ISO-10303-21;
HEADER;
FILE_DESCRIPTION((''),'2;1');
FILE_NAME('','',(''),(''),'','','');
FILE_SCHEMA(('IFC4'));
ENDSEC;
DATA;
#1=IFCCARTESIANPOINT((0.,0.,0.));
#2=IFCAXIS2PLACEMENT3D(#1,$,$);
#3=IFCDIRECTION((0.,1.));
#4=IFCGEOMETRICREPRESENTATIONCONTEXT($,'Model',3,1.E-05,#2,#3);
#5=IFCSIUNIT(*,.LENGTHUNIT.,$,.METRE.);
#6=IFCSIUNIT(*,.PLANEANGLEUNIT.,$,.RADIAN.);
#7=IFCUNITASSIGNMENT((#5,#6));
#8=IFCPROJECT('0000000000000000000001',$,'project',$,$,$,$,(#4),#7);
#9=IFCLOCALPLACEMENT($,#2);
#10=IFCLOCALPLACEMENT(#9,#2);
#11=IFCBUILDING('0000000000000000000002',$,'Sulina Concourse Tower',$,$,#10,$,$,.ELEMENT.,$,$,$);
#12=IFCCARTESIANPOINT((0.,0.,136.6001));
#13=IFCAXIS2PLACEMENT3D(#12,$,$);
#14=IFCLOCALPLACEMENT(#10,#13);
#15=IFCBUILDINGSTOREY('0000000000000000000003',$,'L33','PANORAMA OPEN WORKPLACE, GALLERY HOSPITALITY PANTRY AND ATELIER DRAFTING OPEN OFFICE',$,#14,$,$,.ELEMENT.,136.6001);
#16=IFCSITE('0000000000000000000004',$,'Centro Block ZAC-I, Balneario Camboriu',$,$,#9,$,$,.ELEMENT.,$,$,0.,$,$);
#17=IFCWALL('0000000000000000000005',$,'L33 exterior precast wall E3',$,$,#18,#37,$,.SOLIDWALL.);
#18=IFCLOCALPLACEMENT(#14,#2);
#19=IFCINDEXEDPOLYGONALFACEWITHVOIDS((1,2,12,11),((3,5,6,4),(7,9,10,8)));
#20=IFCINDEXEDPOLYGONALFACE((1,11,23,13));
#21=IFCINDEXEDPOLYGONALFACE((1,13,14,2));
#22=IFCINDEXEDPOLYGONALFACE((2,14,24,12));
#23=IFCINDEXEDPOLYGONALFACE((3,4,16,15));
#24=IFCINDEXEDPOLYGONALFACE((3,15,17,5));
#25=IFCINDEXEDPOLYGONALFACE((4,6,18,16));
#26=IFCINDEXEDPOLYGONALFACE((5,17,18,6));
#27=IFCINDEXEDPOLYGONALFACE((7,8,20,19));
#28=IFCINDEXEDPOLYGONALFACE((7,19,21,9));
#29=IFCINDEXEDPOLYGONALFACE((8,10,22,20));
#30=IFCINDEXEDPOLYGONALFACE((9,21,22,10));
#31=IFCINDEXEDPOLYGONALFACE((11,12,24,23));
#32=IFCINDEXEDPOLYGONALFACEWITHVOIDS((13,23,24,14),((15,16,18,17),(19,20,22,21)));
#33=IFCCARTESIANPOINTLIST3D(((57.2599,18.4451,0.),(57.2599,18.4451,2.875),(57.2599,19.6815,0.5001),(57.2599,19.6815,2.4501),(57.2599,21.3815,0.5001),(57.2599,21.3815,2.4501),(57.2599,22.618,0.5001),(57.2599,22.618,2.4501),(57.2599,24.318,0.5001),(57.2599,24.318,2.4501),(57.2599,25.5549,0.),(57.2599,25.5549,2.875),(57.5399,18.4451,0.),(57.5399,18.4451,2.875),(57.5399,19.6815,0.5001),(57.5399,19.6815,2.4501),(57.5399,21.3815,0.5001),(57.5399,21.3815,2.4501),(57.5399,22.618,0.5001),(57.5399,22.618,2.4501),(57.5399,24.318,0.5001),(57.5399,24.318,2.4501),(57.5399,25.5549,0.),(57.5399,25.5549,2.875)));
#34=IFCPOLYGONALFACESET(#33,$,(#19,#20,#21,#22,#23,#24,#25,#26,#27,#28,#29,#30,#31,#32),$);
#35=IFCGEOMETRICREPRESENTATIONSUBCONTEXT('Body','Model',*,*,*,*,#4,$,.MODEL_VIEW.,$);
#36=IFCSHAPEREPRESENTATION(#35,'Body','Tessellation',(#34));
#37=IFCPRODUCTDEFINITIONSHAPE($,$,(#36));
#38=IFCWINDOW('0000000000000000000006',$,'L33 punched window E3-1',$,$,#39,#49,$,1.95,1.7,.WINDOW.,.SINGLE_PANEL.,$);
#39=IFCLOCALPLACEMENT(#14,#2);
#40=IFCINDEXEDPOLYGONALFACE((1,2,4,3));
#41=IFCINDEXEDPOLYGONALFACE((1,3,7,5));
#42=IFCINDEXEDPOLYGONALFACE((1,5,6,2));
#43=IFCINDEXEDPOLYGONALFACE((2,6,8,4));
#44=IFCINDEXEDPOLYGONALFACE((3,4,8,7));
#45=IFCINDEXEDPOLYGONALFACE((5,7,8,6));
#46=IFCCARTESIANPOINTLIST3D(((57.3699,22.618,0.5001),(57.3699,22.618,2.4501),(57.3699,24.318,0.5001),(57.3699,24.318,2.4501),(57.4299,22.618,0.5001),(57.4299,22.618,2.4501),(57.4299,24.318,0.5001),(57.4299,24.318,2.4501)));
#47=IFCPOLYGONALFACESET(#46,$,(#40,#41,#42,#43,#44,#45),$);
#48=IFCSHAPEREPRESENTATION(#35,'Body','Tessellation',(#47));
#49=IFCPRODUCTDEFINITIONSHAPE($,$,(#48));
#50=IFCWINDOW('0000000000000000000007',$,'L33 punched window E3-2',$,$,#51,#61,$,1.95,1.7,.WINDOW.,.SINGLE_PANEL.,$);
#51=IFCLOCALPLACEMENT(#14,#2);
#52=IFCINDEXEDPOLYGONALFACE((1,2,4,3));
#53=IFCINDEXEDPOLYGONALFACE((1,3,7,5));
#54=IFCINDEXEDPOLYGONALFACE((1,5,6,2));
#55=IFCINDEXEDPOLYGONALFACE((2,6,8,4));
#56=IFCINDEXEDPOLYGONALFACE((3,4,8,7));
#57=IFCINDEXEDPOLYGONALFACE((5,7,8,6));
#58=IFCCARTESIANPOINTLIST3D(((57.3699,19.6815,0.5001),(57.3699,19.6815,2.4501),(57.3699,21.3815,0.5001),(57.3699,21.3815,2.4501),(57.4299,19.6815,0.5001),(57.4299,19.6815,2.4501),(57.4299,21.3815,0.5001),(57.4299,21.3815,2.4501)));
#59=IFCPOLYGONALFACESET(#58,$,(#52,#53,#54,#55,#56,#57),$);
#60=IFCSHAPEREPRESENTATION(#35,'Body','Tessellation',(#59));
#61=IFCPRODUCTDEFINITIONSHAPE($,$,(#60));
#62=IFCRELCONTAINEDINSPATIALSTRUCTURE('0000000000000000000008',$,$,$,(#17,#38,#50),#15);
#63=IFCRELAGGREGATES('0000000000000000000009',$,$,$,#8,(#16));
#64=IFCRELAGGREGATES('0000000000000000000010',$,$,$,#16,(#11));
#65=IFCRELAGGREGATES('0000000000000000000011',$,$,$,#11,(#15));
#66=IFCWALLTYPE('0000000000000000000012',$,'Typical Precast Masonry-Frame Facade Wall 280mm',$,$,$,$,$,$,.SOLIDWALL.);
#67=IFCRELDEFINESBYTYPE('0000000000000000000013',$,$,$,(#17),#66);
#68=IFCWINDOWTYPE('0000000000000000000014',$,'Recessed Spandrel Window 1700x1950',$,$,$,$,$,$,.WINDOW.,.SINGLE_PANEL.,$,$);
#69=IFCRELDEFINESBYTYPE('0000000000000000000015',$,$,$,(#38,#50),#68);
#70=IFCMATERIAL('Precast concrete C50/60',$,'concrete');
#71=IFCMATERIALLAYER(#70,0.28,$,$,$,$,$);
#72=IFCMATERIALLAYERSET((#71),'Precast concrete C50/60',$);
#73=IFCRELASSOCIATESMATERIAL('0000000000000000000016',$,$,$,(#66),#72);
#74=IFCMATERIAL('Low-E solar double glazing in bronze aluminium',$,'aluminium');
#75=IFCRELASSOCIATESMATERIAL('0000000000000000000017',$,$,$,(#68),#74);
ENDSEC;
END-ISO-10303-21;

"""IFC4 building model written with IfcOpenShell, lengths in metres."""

from ifc_helpers import new_model, si_unit, direction, frame, frame_2d, origin, place, context, subcontext, project, spatial, rectangle, extrude, material, layer, layer_set, type_object, element, fill, save


model = new_model("IFC4")

# Units and contexts
model_context = context("Model", 3, precision=1e-05, world=origin(), true_north=direction((0.0, 1.0)))
body_context = subcontext(model_context, "Body", "Model", "MODEL_VIEW")
ifc_project = project(units=[si_unit("LENGTHUNIT", "METRE"), si_unit("PLANEANGLEUNIT", "RADIAN")], contexts=[model_context])

# Site, building, storey
site_placement = place(None, origin())
site = spatial("IfcSite", under=ifc_project, at=site_placement, Name="Centro Block ZAC-I, Balneario Camboriu", CompositionType="ELEMENT", RefElevation=0.0)
building_placement = place(site_placement, origin())
building = spatial("IfcBuilding", under=site, at=building_placement, Name="Sulina Concourse Tower", CompositionType="ELEMENT")
storey_placement = place(building_placement, frame((0.0, 0.0, 136.6001)))
storey = spatial("IfcBuildingStorey", under=building, at=storey_placement, Name="L33", Description="PANORAMA OPEN WORKPLACE, GALLERY HOSPITALITY PANTRY AND ATELIER DRAFTING OPEN OFFICE", CompositionType="ELEMENT", Elevation=136.6001)

# Shared definitions
ifc_material_1 = material(Name="Precast concrete C50/60", Category="concrete")
ifc_layer_1 = layer(ifc_material_1, 0.28)
ifc_layer_set_1 = layer_set([ifc_layer_1], Name="Precast concrete C50/60")
wall_type_1 = type_object("IfcWallType", Name="Typical Precast Masonry-Frame Facade Wall 280mm", PredefinedType="SOLIDWALL", material=ifc_layer_set_1)
ifc_material_2 = material(Name="Low-E solar double glazing in bronze aluminium", Category="aluminium")
window_type = type_object("IfcWindowType", Name="Recessed Spandrel Window 1700x1950", PartitioningType="SINGLE_PANEL", PredefinedType="WINDOW", material=ifc_material_2)

# Wall, openings, windows
wall_1_placement = place(storey_placement, frame((57.3999, 25.5549, 0.0), z_axis=(0.0, 0.0, 1.0), x_axis=(0.0, -1.0, 0.0)))
wall_1 = element("IfcWall", 1, at=wall_1_placement, inside=storey, type_object=wall_type_1, Name="L33 exterior precast wall E3", PredefinedType="SOLIDWALL", context=body_context, shape_type="SweptSolid", body=[
    extrude(rectangle(XDim=7.1099, YDim=0.28, at=frame_2d((3.5549, 0.0))), origin(), (0.0, 0.0, 1.0), 2.875),
])
opening_1_placement = place(wall_1_placement, frame((1.2368, 0.0, 0.5)))
opening_1 = element("IfcOpeningElement", 2, at=opening_1_placement, cuts=wall_1, PredefinedType="OPENING", context=body_context, shape_type="SweptSolid", body=[
    extrude(rectangle(XDim=1.7, YDim=1.95, at=frame_2d((0.8501, 0.9751))), frame((0.0, 0.1499, 0.0), z_axis=(0.0, -1.0, 0.0), x_axis=(1.0, 0.0, 0.0)), (0.0, 0.0, 1.0), 0.3),
])
opening_2_placement = place(wall_1_placement, frame((4.1733, 0.0, 0.5)))
opening_2 = element("IfcOpeningElement", 3, at=opening_2_placement, cuts=wall_1, PredefinedType="OPENING", context=body_context, shape_type="SweptSolid", body=[
    extrude(rectangle(XDim=1.7, YDim=1.95, at=frame_2d((0.8501, 0.9751))), frame((0.0, 0.1499, 0.0), z_axis=(0.0, -1.0, 0.0), x_axis=(1.0, 0.0, 0.0)), (0.0, 0.0, 1.0), 0.3),
])
window_1_placement = place(opening_1_placement, origin())
window_1 = element("IfcWindow", 4, at=window_1_placement, inside=storey, type_object=window_type, Name="L33 punched window E3-1", OverallHeight=1.95, OverallWidth=1.7, PartitioningType="SINGLE_PANEL", PredefinedType="WINDOW", context=body_context, shape_type="SweptSolid", body=[
    extrude(rectangle(XDim=1.7, YDim=1.95, at=frame_2d((0.8501, 0.9751))), frame((0.0, 0.03, 0.0), z_axis=(0.0, -1.0, 0.0), x_axis=(1.0, 0.0, 0.0)), (0.0, 0.0, 1.0), 0.0601),
])
fill(opening_1, window_1)
window_2_placement = place(opening_2_placement, origin())
window_2 = element("IfcWindow", 5, at=window_2_placement, inside=storey, type_object=window_type, Name="L33 punched window E3-2", OverallHeight=1.95, OverallWidth=1.7, PartitioningType="SINGLE_PANEL", PredefinedType="WINDOW", context=body_context, shape_type="SweptSolid", body=[
    extrude(rectangle(XDim=1.7, YDim=1.95, at=frame_2d((0.8501, 0.9751))), frame((0.0, 0.03, 0.0), z_axis=(0.0, -1.0, 0.0), x_axis=(1.0, 0.0, 0.0)), (0.0, 0.0, 1.0), 0.0601),
])
fill(opening_2, window_2)

save(model, "model.ifc")
